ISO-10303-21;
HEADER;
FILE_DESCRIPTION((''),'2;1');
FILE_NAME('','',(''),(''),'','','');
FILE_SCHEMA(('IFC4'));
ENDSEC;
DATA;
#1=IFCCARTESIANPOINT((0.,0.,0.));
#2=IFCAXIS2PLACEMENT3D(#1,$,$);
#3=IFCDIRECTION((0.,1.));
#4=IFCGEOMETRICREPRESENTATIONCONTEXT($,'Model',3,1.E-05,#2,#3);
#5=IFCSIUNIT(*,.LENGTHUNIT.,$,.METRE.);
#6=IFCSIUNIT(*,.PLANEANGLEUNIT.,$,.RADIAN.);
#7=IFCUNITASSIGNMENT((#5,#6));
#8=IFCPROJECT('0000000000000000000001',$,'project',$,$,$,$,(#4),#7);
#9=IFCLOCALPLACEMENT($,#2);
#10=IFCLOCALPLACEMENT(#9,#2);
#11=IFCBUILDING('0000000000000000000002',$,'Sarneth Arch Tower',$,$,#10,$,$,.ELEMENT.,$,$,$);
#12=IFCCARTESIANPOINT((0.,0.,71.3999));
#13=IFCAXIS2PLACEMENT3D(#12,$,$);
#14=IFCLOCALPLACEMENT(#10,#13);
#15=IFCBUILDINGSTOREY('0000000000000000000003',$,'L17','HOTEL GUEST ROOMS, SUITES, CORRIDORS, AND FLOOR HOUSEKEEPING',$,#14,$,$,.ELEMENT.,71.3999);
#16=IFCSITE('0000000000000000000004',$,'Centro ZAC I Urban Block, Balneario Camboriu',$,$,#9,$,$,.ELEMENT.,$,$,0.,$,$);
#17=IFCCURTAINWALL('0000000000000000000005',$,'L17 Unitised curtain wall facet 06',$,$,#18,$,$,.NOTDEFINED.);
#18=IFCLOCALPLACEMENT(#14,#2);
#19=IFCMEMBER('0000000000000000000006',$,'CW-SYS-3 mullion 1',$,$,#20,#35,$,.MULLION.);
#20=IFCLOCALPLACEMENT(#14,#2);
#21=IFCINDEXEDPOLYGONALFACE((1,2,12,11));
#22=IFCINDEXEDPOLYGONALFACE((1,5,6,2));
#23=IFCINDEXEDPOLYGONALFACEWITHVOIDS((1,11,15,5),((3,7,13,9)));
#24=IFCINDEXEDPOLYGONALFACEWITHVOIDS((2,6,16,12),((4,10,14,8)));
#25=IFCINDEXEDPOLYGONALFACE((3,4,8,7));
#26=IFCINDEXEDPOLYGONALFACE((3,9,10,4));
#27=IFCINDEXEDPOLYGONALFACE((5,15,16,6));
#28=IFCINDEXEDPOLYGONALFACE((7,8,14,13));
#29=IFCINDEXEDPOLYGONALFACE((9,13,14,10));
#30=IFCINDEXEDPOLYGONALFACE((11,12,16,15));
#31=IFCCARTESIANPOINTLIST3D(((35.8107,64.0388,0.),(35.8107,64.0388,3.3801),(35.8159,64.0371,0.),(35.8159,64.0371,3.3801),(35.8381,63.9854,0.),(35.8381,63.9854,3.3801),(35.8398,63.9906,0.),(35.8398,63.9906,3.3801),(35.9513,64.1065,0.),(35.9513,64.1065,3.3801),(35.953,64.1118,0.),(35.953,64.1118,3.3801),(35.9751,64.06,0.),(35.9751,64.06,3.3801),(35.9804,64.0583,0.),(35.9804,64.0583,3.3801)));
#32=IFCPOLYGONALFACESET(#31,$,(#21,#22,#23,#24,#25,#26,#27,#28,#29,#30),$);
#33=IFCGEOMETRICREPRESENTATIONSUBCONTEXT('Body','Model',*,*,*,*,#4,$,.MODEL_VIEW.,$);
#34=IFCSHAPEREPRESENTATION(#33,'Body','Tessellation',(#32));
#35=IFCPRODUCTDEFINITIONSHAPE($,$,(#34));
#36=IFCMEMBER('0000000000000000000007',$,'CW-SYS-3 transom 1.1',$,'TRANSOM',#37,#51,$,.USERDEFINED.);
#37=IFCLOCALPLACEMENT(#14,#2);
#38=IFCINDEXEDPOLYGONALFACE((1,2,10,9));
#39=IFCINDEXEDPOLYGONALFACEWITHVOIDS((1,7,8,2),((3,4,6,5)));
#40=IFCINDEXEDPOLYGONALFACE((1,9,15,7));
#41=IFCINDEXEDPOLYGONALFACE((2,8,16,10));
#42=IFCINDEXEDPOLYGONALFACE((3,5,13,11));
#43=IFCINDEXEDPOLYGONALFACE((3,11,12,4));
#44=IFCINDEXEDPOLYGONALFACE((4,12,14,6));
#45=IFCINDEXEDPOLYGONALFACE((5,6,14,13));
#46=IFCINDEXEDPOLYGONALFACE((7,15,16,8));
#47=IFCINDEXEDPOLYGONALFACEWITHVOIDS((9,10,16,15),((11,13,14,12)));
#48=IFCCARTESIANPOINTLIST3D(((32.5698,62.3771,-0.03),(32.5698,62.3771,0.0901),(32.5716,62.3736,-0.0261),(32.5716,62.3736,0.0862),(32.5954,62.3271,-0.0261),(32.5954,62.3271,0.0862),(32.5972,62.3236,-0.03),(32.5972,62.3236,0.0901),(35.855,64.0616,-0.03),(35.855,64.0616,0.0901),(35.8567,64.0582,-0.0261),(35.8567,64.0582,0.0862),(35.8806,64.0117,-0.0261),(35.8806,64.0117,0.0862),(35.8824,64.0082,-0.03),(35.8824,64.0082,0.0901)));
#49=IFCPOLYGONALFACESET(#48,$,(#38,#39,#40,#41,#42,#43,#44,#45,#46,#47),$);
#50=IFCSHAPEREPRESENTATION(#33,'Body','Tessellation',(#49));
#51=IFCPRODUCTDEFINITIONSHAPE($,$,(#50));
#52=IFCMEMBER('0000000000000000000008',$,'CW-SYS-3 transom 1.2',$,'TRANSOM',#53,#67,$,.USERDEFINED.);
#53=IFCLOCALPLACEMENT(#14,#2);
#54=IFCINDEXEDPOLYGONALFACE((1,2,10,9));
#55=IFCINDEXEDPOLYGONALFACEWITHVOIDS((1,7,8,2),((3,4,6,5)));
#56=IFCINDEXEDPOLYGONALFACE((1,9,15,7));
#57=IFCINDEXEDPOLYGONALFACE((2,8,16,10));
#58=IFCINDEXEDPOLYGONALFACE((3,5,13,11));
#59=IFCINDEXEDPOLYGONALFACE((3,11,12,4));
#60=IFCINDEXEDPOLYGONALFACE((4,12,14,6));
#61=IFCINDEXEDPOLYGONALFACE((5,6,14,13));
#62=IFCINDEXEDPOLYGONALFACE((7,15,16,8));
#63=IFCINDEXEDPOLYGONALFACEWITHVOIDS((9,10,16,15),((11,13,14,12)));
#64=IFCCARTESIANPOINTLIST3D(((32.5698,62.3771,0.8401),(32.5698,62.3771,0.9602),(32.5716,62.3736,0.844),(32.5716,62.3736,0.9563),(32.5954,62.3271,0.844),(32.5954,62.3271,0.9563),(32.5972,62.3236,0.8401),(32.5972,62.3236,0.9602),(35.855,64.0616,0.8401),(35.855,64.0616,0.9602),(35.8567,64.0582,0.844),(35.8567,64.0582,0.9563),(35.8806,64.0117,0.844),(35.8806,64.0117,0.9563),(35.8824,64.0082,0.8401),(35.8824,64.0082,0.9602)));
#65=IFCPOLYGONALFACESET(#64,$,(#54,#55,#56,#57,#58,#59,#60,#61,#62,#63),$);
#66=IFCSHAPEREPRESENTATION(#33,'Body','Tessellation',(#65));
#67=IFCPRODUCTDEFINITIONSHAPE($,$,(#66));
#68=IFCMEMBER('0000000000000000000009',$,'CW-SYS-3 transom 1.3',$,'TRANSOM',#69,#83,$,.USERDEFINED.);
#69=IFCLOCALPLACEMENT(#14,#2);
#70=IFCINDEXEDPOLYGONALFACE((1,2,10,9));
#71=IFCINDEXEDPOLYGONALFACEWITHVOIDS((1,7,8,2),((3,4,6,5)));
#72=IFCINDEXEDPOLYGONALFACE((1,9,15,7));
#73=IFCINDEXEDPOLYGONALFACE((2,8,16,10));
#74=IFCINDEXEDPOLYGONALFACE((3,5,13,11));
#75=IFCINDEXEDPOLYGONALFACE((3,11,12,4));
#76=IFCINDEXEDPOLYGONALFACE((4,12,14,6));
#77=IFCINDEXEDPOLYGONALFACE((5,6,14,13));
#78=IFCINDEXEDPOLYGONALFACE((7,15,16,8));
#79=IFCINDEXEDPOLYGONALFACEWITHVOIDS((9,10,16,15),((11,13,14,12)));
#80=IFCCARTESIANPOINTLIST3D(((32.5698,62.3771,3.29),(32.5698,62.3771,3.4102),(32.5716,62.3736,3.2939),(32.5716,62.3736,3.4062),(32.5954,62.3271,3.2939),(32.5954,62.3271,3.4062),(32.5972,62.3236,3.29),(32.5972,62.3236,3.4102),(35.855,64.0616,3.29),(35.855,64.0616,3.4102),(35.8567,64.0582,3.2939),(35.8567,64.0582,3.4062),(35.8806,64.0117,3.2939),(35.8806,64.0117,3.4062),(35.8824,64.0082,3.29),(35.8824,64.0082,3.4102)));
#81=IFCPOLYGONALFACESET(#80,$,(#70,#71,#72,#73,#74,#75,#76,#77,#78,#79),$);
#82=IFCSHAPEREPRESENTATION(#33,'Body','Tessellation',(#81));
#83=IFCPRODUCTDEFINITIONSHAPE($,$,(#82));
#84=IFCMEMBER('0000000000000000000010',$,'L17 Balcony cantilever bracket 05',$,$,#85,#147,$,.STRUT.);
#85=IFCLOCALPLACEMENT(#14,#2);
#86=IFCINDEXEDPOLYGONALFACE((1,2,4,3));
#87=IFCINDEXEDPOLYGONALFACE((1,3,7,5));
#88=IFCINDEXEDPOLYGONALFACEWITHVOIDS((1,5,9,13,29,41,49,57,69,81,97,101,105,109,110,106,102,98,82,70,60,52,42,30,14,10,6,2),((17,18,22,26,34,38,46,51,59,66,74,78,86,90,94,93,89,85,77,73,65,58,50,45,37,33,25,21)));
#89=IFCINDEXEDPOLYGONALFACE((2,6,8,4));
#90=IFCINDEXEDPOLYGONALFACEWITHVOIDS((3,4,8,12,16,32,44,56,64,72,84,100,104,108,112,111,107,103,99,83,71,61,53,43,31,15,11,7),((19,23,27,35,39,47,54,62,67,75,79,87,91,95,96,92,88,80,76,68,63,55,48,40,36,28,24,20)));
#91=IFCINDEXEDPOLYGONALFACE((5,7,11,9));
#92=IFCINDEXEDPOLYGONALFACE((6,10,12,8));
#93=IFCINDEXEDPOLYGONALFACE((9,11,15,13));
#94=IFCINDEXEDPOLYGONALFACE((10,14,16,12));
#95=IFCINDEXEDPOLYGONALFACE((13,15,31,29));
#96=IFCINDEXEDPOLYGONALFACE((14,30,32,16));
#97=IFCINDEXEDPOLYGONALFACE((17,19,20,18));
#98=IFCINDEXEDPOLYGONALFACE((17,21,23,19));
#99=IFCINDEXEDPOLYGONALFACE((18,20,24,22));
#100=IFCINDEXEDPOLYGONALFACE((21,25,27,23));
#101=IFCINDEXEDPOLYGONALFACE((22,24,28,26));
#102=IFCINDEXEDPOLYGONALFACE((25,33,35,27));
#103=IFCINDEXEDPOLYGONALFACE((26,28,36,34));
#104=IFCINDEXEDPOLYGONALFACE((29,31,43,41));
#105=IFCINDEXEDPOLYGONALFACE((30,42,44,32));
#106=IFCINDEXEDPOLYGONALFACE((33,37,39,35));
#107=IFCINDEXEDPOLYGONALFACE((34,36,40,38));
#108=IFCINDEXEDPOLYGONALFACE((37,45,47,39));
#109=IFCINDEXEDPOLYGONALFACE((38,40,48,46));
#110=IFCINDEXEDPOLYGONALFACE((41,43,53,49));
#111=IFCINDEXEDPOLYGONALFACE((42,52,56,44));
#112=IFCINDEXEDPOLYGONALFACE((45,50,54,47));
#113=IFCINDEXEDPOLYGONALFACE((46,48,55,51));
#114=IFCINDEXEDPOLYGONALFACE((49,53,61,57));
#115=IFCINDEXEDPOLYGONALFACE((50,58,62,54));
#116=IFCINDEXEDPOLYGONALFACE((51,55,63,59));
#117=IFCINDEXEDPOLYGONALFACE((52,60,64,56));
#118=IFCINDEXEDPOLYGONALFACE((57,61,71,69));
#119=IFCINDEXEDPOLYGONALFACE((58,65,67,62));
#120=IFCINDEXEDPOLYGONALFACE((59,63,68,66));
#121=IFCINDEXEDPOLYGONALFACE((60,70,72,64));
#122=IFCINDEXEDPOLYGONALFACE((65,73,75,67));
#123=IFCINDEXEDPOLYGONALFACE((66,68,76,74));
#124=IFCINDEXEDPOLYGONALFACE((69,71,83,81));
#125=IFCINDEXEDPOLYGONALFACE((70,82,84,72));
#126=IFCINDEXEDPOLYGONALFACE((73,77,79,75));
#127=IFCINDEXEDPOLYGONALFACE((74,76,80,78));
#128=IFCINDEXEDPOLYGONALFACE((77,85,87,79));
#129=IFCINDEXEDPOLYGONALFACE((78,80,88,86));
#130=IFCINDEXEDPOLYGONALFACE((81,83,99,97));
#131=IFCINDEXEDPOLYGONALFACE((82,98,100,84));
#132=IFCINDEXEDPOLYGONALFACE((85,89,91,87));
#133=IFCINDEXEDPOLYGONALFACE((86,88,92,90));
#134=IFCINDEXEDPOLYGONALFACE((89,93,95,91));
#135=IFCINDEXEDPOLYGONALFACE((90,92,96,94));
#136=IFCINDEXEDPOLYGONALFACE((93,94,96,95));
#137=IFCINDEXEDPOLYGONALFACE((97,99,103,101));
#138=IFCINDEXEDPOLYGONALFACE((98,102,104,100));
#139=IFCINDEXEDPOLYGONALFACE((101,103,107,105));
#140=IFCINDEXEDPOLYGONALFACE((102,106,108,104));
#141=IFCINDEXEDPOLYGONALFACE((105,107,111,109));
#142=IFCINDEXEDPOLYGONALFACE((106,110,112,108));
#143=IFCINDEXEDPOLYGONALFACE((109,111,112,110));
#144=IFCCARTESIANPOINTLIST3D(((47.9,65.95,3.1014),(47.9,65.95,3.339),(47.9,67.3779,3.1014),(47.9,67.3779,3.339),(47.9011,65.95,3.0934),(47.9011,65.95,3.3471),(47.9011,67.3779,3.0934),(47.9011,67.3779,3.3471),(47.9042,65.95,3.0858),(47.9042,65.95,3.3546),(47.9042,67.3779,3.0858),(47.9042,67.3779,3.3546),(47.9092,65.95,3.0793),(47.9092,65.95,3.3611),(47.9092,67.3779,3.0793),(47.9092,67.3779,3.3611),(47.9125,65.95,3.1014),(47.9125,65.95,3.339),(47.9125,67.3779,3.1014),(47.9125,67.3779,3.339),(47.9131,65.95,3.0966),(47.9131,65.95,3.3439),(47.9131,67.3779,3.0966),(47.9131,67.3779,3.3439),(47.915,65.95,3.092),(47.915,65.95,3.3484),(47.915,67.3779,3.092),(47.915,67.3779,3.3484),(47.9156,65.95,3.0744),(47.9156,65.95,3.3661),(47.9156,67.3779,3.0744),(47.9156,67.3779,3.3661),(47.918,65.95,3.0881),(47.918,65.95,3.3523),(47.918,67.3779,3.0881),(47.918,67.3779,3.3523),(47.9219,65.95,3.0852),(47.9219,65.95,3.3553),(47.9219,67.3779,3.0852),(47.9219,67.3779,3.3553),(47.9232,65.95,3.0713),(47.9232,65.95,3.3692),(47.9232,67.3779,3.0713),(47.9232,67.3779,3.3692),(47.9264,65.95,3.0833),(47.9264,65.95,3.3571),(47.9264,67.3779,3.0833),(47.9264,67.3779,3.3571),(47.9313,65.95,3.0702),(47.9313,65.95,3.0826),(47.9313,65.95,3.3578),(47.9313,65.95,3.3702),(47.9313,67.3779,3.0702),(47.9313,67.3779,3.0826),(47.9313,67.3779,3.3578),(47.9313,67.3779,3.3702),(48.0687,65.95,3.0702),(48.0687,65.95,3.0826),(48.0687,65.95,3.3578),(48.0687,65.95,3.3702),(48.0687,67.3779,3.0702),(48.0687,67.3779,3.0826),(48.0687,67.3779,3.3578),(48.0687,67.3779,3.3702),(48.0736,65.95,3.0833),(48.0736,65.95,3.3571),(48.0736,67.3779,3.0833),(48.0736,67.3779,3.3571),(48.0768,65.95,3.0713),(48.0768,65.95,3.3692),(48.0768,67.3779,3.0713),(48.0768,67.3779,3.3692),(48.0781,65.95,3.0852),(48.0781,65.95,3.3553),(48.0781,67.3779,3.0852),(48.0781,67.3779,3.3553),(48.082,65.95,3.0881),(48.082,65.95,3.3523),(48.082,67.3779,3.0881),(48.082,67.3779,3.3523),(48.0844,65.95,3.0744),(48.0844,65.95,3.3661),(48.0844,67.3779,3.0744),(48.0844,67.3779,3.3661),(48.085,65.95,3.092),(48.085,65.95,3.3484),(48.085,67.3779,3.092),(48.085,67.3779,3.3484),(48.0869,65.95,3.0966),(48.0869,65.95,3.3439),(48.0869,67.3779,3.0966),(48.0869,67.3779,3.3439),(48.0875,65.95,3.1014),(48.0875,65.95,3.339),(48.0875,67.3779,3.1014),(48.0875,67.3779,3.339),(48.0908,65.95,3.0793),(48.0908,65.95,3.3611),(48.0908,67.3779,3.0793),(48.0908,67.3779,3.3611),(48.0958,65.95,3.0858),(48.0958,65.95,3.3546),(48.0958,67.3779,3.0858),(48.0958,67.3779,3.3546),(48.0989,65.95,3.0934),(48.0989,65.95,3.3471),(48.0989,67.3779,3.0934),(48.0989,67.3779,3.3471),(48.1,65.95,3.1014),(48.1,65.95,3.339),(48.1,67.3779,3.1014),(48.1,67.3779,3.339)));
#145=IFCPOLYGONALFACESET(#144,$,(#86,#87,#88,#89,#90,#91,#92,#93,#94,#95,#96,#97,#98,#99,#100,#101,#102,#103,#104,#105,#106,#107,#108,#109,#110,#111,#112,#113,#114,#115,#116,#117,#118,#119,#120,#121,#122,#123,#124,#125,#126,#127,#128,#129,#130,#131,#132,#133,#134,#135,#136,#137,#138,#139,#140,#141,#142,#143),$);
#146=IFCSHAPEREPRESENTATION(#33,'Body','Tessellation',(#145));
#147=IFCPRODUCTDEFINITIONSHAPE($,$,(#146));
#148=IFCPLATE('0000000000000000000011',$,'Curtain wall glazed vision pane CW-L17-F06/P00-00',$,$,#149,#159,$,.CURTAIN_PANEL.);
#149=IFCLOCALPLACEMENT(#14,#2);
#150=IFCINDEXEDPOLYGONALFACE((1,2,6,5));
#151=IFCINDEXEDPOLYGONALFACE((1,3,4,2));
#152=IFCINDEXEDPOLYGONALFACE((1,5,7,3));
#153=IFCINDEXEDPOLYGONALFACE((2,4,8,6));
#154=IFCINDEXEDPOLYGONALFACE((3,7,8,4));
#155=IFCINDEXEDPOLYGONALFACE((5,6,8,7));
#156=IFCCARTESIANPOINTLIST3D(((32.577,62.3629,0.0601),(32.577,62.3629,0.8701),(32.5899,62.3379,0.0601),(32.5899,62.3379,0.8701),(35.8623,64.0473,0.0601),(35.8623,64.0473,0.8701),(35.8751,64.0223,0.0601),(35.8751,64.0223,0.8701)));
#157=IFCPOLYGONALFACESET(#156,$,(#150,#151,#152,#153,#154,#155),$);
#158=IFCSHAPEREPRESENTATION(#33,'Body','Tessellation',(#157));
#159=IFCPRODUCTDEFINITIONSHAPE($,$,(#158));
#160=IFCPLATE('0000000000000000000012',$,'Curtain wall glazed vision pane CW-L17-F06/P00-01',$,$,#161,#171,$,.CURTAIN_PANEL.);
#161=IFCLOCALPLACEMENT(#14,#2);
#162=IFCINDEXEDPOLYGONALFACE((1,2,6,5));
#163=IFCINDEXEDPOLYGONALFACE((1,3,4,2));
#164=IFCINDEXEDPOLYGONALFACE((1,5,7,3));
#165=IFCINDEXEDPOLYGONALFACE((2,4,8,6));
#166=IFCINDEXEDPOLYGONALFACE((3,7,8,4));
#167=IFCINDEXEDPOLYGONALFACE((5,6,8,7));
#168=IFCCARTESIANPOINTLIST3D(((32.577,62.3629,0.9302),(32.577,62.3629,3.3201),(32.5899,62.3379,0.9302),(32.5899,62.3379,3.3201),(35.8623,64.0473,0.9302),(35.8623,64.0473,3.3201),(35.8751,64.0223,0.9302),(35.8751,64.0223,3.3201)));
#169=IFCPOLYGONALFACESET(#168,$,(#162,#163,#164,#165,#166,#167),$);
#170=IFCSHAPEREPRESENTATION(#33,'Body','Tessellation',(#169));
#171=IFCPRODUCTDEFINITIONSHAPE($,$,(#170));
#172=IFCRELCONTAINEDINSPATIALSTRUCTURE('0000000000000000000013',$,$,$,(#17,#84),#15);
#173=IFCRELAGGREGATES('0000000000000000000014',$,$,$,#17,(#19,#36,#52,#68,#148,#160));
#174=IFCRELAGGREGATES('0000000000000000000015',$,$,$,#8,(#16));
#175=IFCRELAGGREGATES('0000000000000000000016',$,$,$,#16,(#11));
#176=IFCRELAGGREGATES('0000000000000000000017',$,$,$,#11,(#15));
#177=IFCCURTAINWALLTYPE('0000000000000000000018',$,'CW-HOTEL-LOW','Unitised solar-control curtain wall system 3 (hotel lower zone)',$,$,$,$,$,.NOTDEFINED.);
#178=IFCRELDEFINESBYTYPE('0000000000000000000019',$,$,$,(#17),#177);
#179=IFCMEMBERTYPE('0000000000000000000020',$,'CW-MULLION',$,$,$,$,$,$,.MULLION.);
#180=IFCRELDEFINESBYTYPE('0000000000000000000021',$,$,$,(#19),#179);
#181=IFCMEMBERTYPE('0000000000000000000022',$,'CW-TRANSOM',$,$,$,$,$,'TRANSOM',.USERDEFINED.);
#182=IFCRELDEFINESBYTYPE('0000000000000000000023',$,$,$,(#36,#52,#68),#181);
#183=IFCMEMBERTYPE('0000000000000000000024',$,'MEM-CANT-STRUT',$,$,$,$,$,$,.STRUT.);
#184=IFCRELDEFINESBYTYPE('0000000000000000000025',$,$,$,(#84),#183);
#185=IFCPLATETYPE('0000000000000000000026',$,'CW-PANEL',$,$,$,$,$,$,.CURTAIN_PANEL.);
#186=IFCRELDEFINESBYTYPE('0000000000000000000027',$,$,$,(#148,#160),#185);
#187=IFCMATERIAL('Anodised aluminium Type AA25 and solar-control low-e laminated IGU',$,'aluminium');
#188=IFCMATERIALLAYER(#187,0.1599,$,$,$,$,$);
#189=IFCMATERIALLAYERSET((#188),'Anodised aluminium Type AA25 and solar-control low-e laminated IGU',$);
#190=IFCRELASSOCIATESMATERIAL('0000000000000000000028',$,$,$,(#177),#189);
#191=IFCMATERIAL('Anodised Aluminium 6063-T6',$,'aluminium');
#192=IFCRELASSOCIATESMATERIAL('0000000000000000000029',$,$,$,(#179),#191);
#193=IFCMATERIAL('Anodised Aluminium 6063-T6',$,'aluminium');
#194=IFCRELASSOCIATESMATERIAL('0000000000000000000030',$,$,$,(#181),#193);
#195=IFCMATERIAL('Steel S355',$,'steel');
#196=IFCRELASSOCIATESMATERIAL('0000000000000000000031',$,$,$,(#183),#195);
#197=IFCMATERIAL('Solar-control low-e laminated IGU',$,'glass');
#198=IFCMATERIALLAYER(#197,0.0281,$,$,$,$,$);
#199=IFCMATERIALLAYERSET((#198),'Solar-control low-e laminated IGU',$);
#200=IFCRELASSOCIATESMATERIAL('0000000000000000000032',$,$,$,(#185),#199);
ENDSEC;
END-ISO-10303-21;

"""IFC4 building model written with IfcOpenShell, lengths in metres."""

from ifc_helpers import new_model, si_unit, direction, frame, origin, origin_2d, place, context, subcontext, project, spatial, rectangle, hollow_rectangle, extrude, material, layer, layer_set, material_profile, profile_set, type_object, element, aggregate, save


model = new_model("IFC4")

# Units and contexts
model_context = context("Model", 3, precision=1e-05, world=origin(), true_north=direction((0.0, 1.0)))
body_context = subcontext(model_context, "Body", "Model", "MODEL_VIEW")
ifc_project = project(units=[si_unit("LENGTHUNIT", "METRE"), si_unit("PLANEANGLEUNIT", "RADIAN")], contexts=[model_context])

# Site, building, storey
site_placement = place(None, origin())
site = spatial("IfcSite", under=ifc_project, at=site_placement, Name="Centro ZAC I Urban Block, Balneario Camboriu", CompositionType="ELEMENT", RefElevation=0.0)
building_placement = place(site_placement, origin())
building = spatial("IfcBuilding", under=site, at=building_placement, Name="Sarneth Arch Tower", CompositionType="ELEMENT")
storey_placement = place(building_placement, frame((0.0, 0.0, 71.3999)))
storey = spatial("IfcBuildingStorey", under=building, at=storey_placement, Name="L17", Description="HOTEL GUEST ROOMS, SUITES, CORRIDORS, AND FLOOR HOUSEKEEPING", CompositionType="ELEMENT", Elevation=71.3999)

# Curtain wall, members
ifc_material_1 = material(Name="Anodised aluminium Type AA25 and solar-control low-e laminated IGU", Category="aluminium")
ifc_layer_1 = layer(ifc_material_1, 0.1599)
ifc_layer_set_1 = layer_set([ifc_layer_1], Name="Anodised aluminium Type AA25 and solar-control low-e laminated IGU")
curtain_wall_type = type_object("IfcCurtainWallType", Name="CW-HOTEL-LOW", Description="Unitised solar-control curtain wall system 3 (hotel lower zone)", PredefinedType="NOTDEFINED", material=ifc_layer_set_1)
curtain_wall_placement = place(storey_placement, origin())
curtain_wall = element("IfcCurtainWall", 1, at=curtain_wall_placement, inside=storey, type_object=curtain_wall_type, Name="L17 Unitised curtain wall facet 06", PredefinedType="NOTDEFINED")
ifc_material_2 = material(Name="Anodised Aluminium 6063-T6", Category="aluminium")
ifc_material_profile_1 = material_profile(ifc_material_2, hollow_rectangle(XDim=0.0601, YDim=0.1599, WallThickness=0.0039, at=origin_2d()), Name="AL-MULL-160x60x4")
ifc_profile_set_1 = profile_set([ifc_material_profile_1], Name="Anodised Aluminium 6063-T6")
member_type_1 = type_object("IfcMemberType", Name="CW-MULLION", PredefinedType="MULLION", material=ifc_profile_set_1)
member_1_placement = place(storey_placement, frame((35.8955, 64.0486, 0.0), z_axis=(0.0, 0.0, 1.0), x_axis=(0.456245, -0.889854, 0.0)))
member_1 = element("IfcMember", 2, at=member_1_placement, type_object=member_type_1, Name="CW-SYS-3 mullion 1", PredefinedType="MULLION", context=body_context, shape_type="SweptSolid", body=[
    extrude(hollow_rectangle(XDim=0.0601, YDim=0.1599, WallThickness=0.0039, at=origin_2d()), origin(), (0.0, 0.0, 1.0), 3.3801),
])
ifc_material_3 = material(Name="Anodised Aluminium 6063-T6", Category="aluminium")
ifc_material_profile_2 = material_profile(ifc_material_3, hollow_rectangle(XDim=0.0601, YDim=0.1201, WallThickness=0.0039, at=origin_2d()), Name="AL-TRAN-120x60x4")
ifc_profile_set_2 = profile_set([ifc_material_profile_2], Name="Anodised Aluminium 6063-T6")
member_type_2 = type_object("IfcMemberType", Name="CW-TRANSOM", ElementType="TRANSOM", PredefinedType="USERDEFINED", material=ifc_profile_set_2)
member_2_placement = place(storey_placement, frame((35.8687, 64.0349, 0.03), z_axis=(-0.889831, -0.45629, 0.0), x_axis=(0.45629, -0.889831, 0.0)))
member_2 = element("IfcMember", 3, at=member_2_placement, type_object=member_type_2, Name="CW-SYS-3 transom 1.1", ObjectType="TRANSOM", PredefinedType="USERDEFINED", context=body_context, shape_type="SweptSolid", body=[
    extrude(hollow_rectangle(XDim=0.0601, YDim=0.1201, WallThickness=0.0039, at=origin_2d()), origin(), (0.0, 0.0, 1.0), 3.6919),
])
member_3_placement = place(storey_placement, frame((35.8687, 64.0349, 0.9001), z_axis=(-0.889831, -0.45629, 0.0), x_axis=(0.45629, -0.889831, 0.0)))
member_3 = element("IfcMember", 4, at=member_3_placement, type_object=member_type_2, Name="CW-SYS-3 transom 1.2", ObjectType="TRANSOM", PredefinedType="USERDEFINED", context=body_context, shape_type="SweptSolid", body=[
    extrude(hollow_rectangle(XDim=0.0601, YDim=0.1201, WallThickness=0.0039, at=origin_2d()), origin(), (0.0, 0.0, 1.0), 3.6919),
])
member_4_placement = place(storey_placement, frame((35.8687, 64.0349, 3.3501), z_axis=(-0.889831, -0.45629, 0.0), x_axis=(0.45629, -0.889831, 0.0)))
member_4 = element("IfcMember", 5, at=member_4_placement, type_object=member_type_2, Name="CW-SYS-3 transom 1.3", ObjectType="TRANSOM", PredefinedType="USERDEFINED", context=body_context, shape_type="SweptSolid", body=[
    extrude(hollow_rectangle(XDim=0.0601, YDim=0.1201, WallThickness=0.0039, at=origin_2d()), origin(), (0.0, 0.0, 1.0), 3.6919),
])

# Member
ifc_material_4 = material(Name="Steel S355", Category="steel")
ifc_material_profile_3 = material_profile(ifc_material_4, hollow_rectangle(XDim=0.2, YDim=0.3, WallThickness=0.0125, InnerFilletRadius=0.0188, OuterFilletRadius=0.0312, at=origin_2d()), Name="RHS300x200x12.5")
ifc_profile_set_3 = profile_set([ifc_material_profile_3], Name="Steel S355")
member_type_3 = type_object("IfcMemberType", Name="MEM-CANT-STRUT", PredefinedType="STRUT", material=ifc_profile_set_3)
member_5_placement = place(storey_placement, frame((48.0, 65.95, 3.2202), z_axis=(0.0, 1.0, 0.0), x_axis=(-1.0, 0.0, 0.0)))
element("IfcMember", 6, at=member_5_placement, inside=storey, type_object=member_type_3, Name="L17 Balcony cantilever bracket 05", PredefinedType="STRUT", context=body_context, shape_type="SweptSolid", body=[
    extrude(hollow_rectangle(XDim=0.2, YDim=0.3, WallThickness=0.0125, InnerFilletRadius=0.0188, OuterFilletRadius=0.0312, at=origin_2d()), origin(), (0.0, 0.0, 1.0), 1.428),
])

# Plates
ifc_material_5 = material(Name="Solar-control low-e laminated IGU", Category="glass")
ifc_layer_2 = layer(ifc_material_5, 0.0281)
ifc_layer_set_2 = layer_set([ifc_layer_2], Name="Solar-control low-e laminated IGU")
plate_type = type_object("IfcPlateType", Name="CW-PANEL", PredefinedType="CURTAIN_PANEL", material=ifc_layer_set_2)
plate_1_placement = place(storey_placement, frame((34.2261, 63.1926, 0.0601), z_axis=(0.0, 0.0, 1.0), x_axis=(-0.889854, -0.456245, 0.0)))
plate_1 = element("IfcPlate", 7, at=plate_1_placement, type_object=plate_type, Name="Curtain wall glazed vision pane CW-L17-F06/P00-00", PredefinedType="CURTAIN_PANEL", context=body_context, shape_type="SweptSolid", body=[
    extrude(rectangle(XDim=3.6919, YDim=0.0281, at=origin_2d()), origin(), (0.0, 0.0, 1.0), 0.8101),
])
plate_2_placement = place(storey_placement, frame((34.2261, 63.1926, 0.9302), z_axis=(0.0, 0.0, 1.0), x_axis=(-0.889854, -0.456245, 0.0)))
plate_2 = element("IfcPlate", 8, at=plate_2_placement, type_object=plate_type, Name="Curtain wall glazed vision pane CW-L17-F06/P00-01", PredefinedType="CURTAIN_PANEL", context=body_context, shape_type="SweptSolid", body=[
    extrude(rectangle(XDim=3.6919, YDim=0.0281, at=origin_2d()), origin(), (0.0, 0.0, 1.0), 2.3899),
])
aggregate(curtain_wall, [member_1, member_2, member_3, member_4, plate_1, plate_2])

save(model, "model.ifc")
